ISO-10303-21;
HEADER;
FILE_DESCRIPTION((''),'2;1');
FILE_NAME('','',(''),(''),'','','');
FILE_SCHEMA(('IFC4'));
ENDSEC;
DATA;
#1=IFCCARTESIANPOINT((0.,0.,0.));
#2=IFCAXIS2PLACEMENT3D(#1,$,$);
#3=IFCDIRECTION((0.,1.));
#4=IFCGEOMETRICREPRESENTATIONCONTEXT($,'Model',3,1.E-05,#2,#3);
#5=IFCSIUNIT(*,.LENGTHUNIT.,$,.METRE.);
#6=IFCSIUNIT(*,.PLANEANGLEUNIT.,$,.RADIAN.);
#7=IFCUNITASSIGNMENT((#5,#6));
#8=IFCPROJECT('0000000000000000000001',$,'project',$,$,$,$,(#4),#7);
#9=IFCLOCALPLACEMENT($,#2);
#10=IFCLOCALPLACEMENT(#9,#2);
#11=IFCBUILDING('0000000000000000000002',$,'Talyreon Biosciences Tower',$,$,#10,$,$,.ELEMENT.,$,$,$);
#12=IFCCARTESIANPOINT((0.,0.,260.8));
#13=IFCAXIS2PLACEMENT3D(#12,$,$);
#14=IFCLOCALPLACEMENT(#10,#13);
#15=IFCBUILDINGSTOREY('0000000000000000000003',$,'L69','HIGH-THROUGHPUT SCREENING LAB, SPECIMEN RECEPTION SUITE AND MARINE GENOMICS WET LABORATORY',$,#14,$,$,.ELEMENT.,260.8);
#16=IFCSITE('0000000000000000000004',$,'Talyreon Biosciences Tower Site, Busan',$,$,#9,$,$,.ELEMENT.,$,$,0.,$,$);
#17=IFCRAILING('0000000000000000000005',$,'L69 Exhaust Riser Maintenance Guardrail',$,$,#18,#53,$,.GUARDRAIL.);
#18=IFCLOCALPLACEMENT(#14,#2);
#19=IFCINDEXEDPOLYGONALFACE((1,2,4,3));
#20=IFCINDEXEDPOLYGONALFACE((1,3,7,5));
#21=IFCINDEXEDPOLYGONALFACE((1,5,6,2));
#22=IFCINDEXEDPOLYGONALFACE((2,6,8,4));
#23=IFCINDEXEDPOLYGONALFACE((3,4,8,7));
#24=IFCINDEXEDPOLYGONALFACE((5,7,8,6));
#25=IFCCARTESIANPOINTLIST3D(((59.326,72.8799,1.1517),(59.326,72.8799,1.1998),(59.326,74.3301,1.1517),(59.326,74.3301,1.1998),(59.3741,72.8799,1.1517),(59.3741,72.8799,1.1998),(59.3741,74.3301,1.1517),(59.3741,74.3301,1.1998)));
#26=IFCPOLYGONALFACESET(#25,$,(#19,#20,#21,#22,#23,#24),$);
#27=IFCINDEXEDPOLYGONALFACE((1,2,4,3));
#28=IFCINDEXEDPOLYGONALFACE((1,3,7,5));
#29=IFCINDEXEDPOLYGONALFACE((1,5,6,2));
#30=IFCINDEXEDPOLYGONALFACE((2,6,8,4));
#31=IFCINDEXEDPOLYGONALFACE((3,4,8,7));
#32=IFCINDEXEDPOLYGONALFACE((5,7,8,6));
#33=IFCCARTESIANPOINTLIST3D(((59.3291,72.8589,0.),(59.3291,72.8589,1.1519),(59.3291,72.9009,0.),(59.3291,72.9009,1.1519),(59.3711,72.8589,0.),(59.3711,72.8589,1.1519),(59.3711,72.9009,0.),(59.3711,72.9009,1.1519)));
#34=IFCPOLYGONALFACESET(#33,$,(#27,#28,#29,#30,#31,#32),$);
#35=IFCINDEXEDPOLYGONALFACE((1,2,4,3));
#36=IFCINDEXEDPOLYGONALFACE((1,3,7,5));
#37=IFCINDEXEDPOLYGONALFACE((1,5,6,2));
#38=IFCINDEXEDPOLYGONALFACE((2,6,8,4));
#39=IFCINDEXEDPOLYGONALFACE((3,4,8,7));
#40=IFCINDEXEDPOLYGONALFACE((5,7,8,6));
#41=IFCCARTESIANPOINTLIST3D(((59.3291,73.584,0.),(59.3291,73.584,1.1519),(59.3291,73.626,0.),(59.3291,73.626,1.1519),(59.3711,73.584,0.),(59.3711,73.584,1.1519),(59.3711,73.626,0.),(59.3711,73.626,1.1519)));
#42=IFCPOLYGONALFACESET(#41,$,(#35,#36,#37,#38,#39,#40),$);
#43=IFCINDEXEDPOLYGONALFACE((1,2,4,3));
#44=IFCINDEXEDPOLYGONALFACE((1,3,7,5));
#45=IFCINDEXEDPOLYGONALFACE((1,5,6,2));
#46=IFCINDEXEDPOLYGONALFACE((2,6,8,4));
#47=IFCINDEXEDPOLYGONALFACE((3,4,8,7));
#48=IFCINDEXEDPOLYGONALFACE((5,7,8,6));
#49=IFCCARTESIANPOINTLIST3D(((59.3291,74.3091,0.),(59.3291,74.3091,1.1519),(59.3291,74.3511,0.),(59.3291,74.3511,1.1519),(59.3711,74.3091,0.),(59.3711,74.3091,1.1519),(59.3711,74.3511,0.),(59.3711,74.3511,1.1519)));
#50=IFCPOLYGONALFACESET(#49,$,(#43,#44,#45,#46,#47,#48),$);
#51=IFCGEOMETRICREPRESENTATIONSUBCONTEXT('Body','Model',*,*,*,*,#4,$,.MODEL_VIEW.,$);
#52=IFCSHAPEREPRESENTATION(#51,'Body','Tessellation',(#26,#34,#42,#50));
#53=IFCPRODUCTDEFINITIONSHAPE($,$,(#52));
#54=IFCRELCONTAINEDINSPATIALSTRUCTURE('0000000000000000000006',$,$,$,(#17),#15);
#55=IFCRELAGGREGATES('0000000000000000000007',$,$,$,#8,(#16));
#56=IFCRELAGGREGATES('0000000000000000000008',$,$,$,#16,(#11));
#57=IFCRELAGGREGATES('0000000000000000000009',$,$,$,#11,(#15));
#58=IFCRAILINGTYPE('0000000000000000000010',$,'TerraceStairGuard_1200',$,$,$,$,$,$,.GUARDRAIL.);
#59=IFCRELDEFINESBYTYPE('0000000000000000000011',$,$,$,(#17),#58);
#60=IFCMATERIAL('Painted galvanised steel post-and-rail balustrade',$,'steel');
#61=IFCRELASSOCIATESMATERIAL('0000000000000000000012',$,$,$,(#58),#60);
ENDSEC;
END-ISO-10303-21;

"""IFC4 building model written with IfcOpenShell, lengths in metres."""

from ifc_helpers import new_model, si_unit, direction, frame, origin, origin_2d, place, context, subcontext, project, spatial, rectangle, extrude, material, type_object, element, save


model = new_model("IFC4")

# Units and contexts
model_context = context("Model", 3, precision=1e-05, world=origin(), true_north=direction((0.0, 1.0)))
body_context = subcontext(model_context, "Body", "Model", "MODEL_VIEW")
ifc_project = project(units=[si_unit("LENGTHUNIT", "METRE"), si_unit("PLANEANGLEUNIT", "RADIAN")], contexts=[model_context])

# Site, building, storey
site_placement = place(None, origin())
site = spatial("IfcSite", under=ifc_project, at=site_placement, Name="Talyreon Biosciences Tower Site, Busan", CompositionType="ELEMENT", RefElevation=0.0)
building_placement = place(site_placement, origin())
building = spatial("IfcBuilding", under=site, at=building_placement, Name="Talyreon Biosciences Tower", CompositionType="ELEMENT")
storey_placement = place(building_placement, frame((0.0, 0.0, 260.8)))
storey = spatial("IfcBuildingStorey", under=building, at=storey_placement, Name="L69", Description="HIGH-THROUGHPUT SCREENING LAB, SPECIMEN RECEPTION SUITE AND MARINE GENOMICS WET LABORATORY", CompositionType="ELEMENT", Elevation=260.8)

# Railing
ifc_material_1 = material(Name="Painted galvanised steel post-and-rail balustrade", Category="steel")
railing_type_1 = type_object("IfcRailingType", Name="TerraceStairGuard_1200", PredefinedType="GUARDRAIL", material=ifc_material_1)
railing_1_placement = place(storey_placement, frame((59.3501, 72.8799, 0.0)))
element("IfcRailing", 1, at=railing_1_placement, inside=storey, type_object=railing_type_1, Name="L69 Exhaust Riser Maintenance Guardrail", PredefinedType="GUARDRAIL", context=body_context, shape_type="SweptSolid", body=[
    extrude(rectangle(XDim=0.0481, YDim=0.0481, at=origin_2d()), frame((0.0, 0.0, 1.1758), z_axis=(0.0, 1.0, 0.0), x_axis=(-1.0, 0.0, 0.0)), (0.0, 0.0, 1.0), 1.4502),
    extrude(rectangle(XDim=0.042, YDim=0.042, at=origin_2d()), origin(), (0.0, 0.0, 1.0), 1.1519),
    extrude(rectangle(XDim=0.042, YDim=0.042, at=origin_2d()), frame((0.0, 0.7251, 0.0)), (0.0, 0.0, 1.0), 1.1519),
    extrude(rectangle(XDim=0.042, YDim=0.042, at=origin_2d()), frame((0.0, 1.4502, 0.0)), (0.0, 0.0, 1.0), 1.1519),
])

save(model, "model.ifc")
